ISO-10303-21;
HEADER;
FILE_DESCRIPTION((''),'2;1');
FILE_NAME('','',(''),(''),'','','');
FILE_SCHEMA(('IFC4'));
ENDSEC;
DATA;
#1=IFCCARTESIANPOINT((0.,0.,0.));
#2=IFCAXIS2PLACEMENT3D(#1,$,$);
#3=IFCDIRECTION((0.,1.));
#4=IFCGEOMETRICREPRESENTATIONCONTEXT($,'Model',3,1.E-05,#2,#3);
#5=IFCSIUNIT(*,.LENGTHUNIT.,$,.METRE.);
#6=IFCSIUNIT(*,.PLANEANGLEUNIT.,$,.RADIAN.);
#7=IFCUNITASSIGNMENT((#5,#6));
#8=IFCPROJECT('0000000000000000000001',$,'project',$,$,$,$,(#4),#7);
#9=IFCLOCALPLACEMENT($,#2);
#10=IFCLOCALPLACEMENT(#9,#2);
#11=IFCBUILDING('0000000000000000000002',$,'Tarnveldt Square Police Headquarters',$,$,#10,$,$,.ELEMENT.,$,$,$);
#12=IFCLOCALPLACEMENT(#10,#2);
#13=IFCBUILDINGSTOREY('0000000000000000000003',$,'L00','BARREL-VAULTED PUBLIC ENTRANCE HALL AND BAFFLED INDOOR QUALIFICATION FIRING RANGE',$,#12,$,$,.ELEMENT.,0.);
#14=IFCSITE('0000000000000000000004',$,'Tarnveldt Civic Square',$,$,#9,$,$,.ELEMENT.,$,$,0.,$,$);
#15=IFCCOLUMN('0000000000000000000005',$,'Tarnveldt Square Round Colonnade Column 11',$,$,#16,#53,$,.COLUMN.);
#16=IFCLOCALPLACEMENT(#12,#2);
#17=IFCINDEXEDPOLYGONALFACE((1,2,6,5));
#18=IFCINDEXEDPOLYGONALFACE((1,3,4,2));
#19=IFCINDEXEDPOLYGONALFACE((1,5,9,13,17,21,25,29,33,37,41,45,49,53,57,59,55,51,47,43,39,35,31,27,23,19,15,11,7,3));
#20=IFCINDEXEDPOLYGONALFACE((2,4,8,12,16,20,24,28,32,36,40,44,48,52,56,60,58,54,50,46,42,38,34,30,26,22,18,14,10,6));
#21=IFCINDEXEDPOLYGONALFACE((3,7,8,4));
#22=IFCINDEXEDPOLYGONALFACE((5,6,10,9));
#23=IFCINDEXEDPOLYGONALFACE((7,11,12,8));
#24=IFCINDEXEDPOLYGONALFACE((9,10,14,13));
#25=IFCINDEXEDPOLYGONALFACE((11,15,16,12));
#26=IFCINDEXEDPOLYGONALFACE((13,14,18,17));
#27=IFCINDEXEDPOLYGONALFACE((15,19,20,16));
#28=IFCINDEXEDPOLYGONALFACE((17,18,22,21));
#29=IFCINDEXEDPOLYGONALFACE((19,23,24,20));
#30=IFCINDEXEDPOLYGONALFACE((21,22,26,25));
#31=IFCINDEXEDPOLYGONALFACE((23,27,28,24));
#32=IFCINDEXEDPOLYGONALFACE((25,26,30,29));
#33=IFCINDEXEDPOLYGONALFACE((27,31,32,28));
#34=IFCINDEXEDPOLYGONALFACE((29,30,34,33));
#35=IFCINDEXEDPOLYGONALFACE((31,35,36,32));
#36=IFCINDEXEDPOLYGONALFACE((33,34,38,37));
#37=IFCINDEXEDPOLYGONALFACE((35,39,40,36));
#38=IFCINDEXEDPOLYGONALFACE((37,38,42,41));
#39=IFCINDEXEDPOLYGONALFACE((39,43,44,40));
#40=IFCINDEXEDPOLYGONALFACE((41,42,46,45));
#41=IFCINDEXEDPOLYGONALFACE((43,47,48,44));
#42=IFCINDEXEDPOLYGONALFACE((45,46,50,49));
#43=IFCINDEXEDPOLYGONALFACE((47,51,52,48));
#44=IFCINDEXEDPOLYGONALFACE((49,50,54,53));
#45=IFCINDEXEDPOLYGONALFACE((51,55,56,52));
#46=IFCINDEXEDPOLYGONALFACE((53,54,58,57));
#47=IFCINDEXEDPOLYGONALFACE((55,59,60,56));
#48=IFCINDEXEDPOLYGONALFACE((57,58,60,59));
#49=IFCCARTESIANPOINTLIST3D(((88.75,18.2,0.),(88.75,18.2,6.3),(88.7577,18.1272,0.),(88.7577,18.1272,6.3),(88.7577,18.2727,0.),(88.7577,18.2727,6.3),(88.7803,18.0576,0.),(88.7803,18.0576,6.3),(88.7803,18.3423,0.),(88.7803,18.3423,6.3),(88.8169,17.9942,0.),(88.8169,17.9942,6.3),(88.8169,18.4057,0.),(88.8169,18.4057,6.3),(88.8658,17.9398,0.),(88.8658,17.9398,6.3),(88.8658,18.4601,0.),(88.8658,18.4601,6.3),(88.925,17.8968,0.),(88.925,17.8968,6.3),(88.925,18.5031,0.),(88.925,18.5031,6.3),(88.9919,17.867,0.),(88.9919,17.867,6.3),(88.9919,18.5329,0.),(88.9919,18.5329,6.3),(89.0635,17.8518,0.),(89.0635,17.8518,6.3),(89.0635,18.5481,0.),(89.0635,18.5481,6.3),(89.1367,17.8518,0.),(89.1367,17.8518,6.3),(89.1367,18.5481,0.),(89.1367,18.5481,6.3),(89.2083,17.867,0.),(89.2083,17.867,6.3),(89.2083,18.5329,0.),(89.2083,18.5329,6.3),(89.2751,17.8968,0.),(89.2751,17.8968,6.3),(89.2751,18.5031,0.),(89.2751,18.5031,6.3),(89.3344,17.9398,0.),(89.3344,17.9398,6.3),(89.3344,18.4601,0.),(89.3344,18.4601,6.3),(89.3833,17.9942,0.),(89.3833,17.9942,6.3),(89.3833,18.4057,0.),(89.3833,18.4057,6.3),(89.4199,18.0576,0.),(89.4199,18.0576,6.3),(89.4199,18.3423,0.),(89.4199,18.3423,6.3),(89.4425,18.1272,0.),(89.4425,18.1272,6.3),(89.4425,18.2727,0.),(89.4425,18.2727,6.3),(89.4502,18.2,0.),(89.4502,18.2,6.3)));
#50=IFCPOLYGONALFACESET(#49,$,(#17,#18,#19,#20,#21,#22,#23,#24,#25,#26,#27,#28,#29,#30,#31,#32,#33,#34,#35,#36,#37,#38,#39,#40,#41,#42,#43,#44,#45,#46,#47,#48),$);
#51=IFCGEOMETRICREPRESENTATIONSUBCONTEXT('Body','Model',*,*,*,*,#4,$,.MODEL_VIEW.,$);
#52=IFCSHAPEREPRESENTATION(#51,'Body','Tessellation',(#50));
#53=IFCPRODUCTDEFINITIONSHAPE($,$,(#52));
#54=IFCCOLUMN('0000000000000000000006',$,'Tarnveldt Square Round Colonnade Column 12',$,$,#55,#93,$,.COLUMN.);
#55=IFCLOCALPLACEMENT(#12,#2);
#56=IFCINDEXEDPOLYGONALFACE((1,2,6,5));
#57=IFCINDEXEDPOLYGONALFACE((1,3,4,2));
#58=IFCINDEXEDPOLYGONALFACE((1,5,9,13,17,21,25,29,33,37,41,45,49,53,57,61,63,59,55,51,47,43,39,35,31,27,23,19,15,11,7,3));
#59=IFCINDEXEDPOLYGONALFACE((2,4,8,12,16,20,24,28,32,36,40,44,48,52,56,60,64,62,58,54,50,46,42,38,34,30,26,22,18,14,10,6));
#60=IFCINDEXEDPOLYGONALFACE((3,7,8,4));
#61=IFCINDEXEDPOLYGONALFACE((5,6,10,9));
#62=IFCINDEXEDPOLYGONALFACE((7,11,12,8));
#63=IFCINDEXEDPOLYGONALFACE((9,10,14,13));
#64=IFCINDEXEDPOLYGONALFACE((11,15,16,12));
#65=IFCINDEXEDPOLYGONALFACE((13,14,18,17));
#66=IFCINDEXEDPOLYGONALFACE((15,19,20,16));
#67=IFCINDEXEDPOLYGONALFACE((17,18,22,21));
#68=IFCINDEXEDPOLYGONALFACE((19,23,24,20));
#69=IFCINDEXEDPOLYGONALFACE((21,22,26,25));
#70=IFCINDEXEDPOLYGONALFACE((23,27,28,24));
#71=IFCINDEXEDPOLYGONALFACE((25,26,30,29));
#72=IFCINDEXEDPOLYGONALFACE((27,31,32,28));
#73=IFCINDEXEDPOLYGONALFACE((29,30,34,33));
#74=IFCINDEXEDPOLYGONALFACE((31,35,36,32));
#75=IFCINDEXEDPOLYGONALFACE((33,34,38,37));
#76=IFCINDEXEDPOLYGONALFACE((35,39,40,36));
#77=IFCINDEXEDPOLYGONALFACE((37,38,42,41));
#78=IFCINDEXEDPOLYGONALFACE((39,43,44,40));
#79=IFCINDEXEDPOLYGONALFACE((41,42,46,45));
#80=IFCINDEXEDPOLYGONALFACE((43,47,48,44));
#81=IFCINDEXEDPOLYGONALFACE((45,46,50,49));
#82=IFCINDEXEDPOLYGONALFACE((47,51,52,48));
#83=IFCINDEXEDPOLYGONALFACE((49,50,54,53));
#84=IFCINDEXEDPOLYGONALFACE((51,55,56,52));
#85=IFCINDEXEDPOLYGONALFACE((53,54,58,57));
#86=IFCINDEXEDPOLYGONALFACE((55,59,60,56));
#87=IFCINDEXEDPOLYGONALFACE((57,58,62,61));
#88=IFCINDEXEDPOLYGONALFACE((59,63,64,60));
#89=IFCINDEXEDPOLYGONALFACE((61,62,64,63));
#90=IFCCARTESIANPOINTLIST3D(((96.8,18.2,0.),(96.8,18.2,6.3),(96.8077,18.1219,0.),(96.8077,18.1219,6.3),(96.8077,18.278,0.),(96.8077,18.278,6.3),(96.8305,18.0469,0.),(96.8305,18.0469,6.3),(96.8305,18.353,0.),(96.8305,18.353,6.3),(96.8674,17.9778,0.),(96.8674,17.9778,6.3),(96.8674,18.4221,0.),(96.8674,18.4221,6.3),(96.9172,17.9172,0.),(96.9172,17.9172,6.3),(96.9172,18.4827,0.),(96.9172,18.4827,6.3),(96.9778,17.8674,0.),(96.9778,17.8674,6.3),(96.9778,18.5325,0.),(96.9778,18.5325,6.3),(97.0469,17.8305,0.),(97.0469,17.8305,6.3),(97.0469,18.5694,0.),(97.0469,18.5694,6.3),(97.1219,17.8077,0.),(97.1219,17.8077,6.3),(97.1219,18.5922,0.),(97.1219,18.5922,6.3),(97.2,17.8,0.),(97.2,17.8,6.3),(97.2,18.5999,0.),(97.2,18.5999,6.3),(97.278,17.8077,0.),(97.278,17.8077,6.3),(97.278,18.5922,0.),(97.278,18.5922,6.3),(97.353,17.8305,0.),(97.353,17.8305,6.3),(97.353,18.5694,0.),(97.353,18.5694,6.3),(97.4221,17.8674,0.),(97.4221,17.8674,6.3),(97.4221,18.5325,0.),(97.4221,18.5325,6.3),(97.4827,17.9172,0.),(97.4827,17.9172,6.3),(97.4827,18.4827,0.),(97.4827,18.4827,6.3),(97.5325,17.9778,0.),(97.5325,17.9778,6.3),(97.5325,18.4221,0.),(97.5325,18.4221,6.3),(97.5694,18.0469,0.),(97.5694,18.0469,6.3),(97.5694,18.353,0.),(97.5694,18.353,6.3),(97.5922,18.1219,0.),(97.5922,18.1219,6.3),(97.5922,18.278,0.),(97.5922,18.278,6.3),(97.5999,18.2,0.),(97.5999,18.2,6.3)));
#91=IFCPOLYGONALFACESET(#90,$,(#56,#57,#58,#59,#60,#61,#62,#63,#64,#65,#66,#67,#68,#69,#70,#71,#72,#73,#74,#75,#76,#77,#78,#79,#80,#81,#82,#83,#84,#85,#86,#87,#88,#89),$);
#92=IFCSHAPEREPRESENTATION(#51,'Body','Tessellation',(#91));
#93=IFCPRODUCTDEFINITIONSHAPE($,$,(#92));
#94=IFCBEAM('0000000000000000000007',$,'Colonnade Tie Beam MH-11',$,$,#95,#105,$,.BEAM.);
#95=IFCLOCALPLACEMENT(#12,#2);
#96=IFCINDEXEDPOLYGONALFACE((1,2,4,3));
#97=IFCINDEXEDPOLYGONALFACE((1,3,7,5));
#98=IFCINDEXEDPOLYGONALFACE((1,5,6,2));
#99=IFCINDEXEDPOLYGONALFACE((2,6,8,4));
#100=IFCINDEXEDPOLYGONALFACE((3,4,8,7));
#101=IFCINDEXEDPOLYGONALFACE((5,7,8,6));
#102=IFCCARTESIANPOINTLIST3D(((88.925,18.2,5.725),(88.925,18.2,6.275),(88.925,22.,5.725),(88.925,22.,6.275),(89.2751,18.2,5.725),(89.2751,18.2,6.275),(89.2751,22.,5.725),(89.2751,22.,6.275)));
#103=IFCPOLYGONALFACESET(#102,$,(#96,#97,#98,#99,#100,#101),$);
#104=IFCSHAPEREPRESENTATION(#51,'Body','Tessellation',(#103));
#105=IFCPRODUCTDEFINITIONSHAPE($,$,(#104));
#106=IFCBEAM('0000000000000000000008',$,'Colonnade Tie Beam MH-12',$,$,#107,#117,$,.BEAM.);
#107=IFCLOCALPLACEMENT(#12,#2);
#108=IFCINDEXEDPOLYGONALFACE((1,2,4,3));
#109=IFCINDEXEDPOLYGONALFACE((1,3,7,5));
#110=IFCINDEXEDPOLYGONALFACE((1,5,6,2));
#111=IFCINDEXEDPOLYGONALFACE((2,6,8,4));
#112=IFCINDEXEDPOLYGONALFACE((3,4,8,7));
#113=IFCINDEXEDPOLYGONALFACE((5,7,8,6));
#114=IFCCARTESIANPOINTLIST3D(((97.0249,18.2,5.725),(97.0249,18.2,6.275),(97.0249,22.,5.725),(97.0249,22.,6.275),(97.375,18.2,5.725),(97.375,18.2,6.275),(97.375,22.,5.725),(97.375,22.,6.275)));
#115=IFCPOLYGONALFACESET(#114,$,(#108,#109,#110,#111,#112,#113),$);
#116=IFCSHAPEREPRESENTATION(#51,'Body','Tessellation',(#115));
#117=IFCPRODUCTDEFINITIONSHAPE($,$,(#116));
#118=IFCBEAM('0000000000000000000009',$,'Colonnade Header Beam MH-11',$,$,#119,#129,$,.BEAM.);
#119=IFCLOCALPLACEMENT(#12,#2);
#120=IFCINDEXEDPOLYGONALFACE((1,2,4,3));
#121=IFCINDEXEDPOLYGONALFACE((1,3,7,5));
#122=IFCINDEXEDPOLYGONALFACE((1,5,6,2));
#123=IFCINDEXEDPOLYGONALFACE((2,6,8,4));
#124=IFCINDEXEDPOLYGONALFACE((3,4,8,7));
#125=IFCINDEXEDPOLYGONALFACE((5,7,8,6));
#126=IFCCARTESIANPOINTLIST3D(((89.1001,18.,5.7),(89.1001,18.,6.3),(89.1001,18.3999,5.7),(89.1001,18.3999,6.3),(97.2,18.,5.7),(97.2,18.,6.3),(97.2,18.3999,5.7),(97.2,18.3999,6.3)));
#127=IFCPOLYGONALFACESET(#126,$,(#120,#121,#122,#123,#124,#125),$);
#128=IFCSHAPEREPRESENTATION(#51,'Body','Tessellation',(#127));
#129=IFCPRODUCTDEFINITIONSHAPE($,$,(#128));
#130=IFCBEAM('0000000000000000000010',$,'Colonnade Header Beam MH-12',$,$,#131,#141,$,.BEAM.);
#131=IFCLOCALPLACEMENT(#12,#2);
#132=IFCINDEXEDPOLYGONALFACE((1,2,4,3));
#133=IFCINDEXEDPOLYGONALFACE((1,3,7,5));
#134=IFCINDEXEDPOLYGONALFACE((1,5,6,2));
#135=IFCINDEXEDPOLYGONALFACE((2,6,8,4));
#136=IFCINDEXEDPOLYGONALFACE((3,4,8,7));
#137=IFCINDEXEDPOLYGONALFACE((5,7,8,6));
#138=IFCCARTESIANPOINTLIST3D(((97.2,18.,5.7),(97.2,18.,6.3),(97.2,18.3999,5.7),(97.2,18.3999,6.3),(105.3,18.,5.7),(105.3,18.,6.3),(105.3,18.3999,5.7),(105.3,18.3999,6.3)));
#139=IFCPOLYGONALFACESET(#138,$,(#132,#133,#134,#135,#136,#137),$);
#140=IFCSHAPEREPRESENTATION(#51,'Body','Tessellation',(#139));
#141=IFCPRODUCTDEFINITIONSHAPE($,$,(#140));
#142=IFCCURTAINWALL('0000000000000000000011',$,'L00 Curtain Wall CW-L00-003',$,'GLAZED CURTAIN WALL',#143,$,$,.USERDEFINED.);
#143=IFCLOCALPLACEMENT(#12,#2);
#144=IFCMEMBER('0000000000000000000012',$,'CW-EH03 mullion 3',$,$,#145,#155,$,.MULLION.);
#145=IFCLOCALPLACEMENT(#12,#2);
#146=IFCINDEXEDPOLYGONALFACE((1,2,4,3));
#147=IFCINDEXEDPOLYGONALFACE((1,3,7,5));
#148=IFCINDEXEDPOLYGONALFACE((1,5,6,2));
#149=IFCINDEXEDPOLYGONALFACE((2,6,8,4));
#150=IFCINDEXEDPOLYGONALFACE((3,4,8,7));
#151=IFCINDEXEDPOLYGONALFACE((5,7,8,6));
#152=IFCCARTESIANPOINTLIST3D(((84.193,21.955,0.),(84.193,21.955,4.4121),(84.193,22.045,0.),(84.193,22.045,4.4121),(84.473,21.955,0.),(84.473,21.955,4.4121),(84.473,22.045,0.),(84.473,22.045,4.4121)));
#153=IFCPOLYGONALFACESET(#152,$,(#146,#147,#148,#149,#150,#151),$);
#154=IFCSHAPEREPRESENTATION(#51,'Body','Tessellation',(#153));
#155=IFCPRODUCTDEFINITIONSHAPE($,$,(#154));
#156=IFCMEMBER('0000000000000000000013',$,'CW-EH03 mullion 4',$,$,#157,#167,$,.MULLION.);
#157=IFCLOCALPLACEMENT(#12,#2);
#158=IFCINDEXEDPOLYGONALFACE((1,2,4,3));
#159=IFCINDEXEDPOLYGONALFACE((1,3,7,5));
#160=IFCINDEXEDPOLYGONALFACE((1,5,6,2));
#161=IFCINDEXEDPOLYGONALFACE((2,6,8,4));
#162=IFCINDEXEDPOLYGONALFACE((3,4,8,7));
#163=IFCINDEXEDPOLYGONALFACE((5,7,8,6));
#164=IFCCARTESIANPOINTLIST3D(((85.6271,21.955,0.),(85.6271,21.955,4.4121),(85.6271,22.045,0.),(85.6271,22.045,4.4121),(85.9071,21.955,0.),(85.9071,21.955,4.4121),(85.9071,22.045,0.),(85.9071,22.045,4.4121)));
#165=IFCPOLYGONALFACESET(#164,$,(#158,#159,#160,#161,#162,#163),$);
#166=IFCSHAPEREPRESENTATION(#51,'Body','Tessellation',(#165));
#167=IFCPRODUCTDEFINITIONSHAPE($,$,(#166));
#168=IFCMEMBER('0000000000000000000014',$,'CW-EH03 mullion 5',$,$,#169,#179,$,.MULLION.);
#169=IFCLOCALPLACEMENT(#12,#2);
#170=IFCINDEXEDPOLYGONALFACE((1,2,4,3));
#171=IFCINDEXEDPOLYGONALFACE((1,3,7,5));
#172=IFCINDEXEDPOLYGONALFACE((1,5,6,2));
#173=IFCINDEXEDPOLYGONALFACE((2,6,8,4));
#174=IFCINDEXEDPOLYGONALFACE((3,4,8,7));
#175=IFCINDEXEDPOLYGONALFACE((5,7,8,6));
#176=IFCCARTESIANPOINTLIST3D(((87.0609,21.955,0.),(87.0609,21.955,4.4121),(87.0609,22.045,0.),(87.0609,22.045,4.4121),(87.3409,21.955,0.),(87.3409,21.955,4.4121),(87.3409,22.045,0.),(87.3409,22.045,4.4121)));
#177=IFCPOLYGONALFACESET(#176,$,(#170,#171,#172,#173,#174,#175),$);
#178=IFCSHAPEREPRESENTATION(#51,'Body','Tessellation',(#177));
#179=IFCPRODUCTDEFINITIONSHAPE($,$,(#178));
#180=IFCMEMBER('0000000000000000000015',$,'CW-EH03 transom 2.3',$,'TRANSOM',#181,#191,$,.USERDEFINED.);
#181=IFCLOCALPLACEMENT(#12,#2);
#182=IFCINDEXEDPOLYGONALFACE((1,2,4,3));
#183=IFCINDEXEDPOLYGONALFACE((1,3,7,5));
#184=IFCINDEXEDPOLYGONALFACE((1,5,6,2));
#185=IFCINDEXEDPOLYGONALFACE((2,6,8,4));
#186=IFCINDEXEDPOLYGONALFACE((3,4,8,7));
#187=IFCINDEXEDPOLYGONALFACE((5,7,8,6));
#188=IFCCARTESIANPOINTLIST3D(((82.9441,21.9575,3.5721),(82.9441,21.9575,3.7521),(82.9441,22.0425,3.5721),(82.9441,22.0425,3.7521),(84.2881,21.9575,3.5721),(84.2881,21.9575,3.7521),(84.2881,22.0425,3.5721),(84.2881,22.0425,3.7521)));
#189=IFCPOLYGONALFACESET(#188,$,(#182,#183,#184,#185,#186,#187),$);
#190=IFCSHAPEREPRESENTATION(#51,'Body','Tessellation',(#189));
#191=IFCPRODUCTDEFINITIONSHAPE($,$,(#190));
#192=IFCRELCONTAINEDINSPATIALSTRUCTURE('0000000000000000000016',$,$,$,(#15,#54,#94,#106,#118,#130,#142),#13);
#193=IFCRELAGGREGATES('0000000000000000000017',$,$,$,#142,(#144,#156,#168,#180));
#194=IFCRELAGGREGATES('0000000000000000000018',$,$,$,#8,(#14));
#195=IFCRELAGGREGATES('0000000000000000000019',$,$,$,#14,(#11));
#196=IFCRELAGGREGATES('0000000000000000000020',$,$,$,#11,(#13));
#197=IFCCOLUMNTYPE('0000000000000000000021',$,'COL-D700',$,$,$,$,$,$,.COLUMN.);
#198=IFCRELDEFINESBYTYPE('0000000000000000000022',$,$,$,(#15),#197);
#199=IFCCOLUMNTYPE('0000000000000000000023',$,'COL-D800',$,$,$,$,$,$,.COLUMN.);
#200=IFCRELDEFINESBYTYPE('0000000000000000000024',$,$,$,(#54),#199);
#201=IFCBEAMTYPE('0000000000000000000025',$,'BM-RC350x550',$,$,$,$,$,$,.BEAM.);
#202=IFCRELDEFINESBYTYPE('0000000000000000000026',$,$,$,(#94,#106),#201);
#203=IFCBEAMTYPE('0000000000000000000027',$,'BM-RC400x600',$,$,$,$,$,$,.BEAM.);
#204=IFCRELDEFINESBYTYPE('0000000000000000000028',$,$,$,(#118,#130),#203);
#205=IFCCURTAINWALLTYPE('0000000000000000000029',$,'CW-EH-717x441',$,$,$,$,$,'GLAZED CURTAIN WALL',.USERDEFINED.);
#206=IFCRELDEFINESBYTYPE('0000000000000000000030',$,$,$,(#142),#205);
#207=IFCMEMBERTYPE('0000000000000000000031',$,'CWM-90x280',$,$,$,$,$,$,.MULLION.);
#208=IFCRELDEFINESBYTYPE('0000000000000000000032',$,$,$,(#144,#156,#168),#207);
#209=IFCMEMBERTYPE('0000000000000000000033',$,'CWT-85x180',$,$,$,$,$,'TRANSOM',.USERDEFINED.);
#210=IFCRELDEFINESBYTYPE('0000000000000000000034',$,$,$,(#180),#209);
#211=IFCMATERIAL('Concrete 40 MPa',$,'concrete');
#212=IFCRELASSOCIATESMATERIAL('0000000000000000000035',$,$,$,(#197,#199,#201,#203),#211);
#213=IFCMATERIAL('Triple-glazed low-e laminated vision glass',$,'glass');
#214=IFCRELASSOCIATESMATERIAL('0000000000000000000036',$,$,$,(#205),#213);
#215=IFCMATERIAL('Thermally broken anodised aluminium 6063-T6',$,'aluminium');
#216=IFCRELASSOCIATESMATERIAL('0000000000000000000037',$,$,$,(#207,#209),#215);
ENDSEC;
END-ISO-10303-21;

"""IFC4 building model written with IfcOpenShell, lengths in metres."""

from ifc_helpers import new_model, si_unit, direction, frame, origin, origin_2d, place, context, subcontext, project, spatial, rectangle, circle, extrude, material, material_profile, profile_set, type_object, element, aggregate, save


model = new_model("IFC4")

# Units and contexts
model_context = context("Model", 3, precision=1e-05, world=origin(), true_north=direction((0.0, 1.0)))
body_context = subcontext(model_context, "Body", "Model", "MODEL_VIEW")
ifc_project = project(units=[si_unit("LENGTHUNIT", "METRE"), si_unit("PLANEANGLEUNIT", "RADIAN")], contexts=[model_context])

# Site, building, storey
site_placement = place(None, origin())
site = spatial("IfcSite", under=ifc_project, at=site_placement, Name="Tarnveldt Civic Square", CompositionType="ELEMENT", RefElevation=0.0)
building_placement = place(site_placement, origin())
building = spatial("IfcBuilding", under=site, at=building_placement, Name="Tarnveldt Square Police Headquarters", CompositionType="ELEMENT")
storey_placement = place(building_placement, origin())
storey = spatial("IfcBuildingStorey", under=building, at=storey_placement, Name="L00", Description="BARREL-VAULTED PUBLIC ENTRANCE HALL AND BAFFLED INDOOR QUALIFICATION FIRING RANGE", CompositionType="ELEMENT", Elevation=0.0)

# Columns
ifc_material_1 = material(Name="Concrete 40 MPa", Category="concrete")
ifc_material_profile_1 = material_profile(ifc_material_1, circle(Radius=0.3501, at=origin_2d()), Name="RC-D700")
ifc_profile_set_1 = profile_set([ifc_material_profile_1], Name="Concrete 40 MPa")
column_type_1 = type_object("IfcColumnType", Name="COL-D700", PredefinedType="COLUMN", material=ifc_profile_set_1)
column_1_placement = place(storey_placement, frame((89.1001, 18.2, 0.0), z_axis=(0.0, 0.0, 1.0), x_axis=(1.0, 0.0, 0.0)))
element("IfcColumn", 1, at=column_1_placement, inside=storey, type_object=column_type_1, Name="Tarnveldt Square Round Colonnade Column 11", PredefinedType="COLUMN", context=body_context, shape_type="SweptSolid", body=[
    extrude(circle(Radius=0.3501, at=origin_2d()), origin(), (0.0, 0.0, 1.0), 6.3),
])
ifc_material_profile_2 = material_profile(ifc_material_1, circle(Radius=0.3999, at=origin_2d()), Name="RC-D800")
ifc_profile_set_2 = profile_set([ifc_material_profile_2], Name="Concrete 40 MPa")
column_type_2 = type_object("IfcColumnType", Name="COL-D800", PredefinedType="COLUMN", material=ifc_profile_set_2)
column_2_placement = place(storey_placement, frame((97.2, 18.2, 0.0), z_axis=(0.0, 0.0, 1.0), x_axis=(1.0, 0.0, 0.0)))
element("IfcColumn", 2, at=column_2_placement, inside=storey, type_object=column_type_2, Name="Tarnveldt Square Round Colonnade Column 12", PredefinedType="COLUMN", context=body_context, shape_type="SweptSolid", body=[
    extrude(circle(Radius=0.3999, at=origin_2d()), origin(), (0.0, 0.0, 1.0), 6.3),
])

# Beams
ifc_material_profile_3 = material_profile(ifc_material_1, rectangle(XDim=0.3501, YDim=0.55, at=origin_2d()), Name="RC-B350x550")
ifc_profile_set_3 = profile_set([ifc_material_profile_3], Name="Concrete 40 MPa")
beam_type_1 = type_object("IfcBeamType", Name="BM-RC350x550", PredefinedType="BEAM", material=ifc_profile_set_3)
for number, where, z_axis, x_axis, name in (
    (3, (89.1001, 18.2, 6.0), (0.0, 1.0, 0.0), (-1.0, 0.0, 0.0), "Colonnade Tie Beam MH-11"),
    (4, (97.2, 18.2, 6.0), (0.0, 1.0, 0.0), (-1.0, 0.0, 0.0), "Colonnade Tie Beam MH-12"),
):
    element("IfcBeam", number, at=place(storey_placement, frame(where, z_axis=z_axis, x_axis=x_axis)), inside=storey, type_object=beam_type_1, Name=name, PredefinedType="BEAM", context=body_context, shape_type="SweptSolid", body=[
        extrude(rectangle(XDim=0.3501, YDim=0.55, at=origin_2d()), origin(), (0.0, 0.0, 1.0), 3.8),
    ])
ifc_material_profile_4 = material_profile(ifc_material_1, rectangle(XDim=0.3999, YDim=0.6001, at=origin_2d()), Name="RC-B400x600")
ifc_profile_set_4 = profile_set([ifc_material_profile_4], Name="Concrete 40 MPa")
beam_type_2 = type_object("IfcBeamType", Name="BM-RC400x600", PredefinedType="BEAM", material=ifc_profile_set_4)
beam_1_placement = place(storey_placement, frame((89.1001, 18.2, 6.0), z_axis=(1.0, 0.0, 0.0), x_axis=(0.0, 1.0, 0.0)))
element("IfcBeam", 5, at=beam_1_placement, inside=storey, type_object=beam_type_2, Name="Colonnade Header Beam MH-11", PredefinedType="BEAM", context=body_context, shape_type="SweptSolid", body=[
    extrude(rectangle(XDim=0.3999, YDim=0.6001, at=origin_2d()), origin(), (0.0, 0.0, 1.0), 8.0999),
])
beam_2_placement = place(storey_placement, frame((97.2, 18.2, 6.0), z_axis=(1.0, 0.0, 0.0), x_axis=(0.0, 1.0, 0.0)))
element("IfcBeam", 6, at=beam_2_placement, inside=storey, type_object=beam_type_2, Name="Colonnade Header Beam MH-12", PredefinedType="BEAM", context=body_context, shape_type="SweptSolid", body=[
    extrude(rectangle(XDim=0.3999, YDim=0.6001, at=origin_2d()), origin(), (0.0, 0.0, 1.0), 8.1001),
])

# Curtain wall, members
ifc_material_2 = material(Name="Triple-glazed low-e laminated vision glass", Category="glass")
curtain_wall_type = type_object("IfcCurtainWallType", Name="CW-EH-717x441", ElementType="GLAZED CURTAIN WALL", PredefinedType="USERDEFINED", material=ifc_material_2)
curtain_wall_placement = place(storey_placement, origin())
curtain_wall = element("IfcCurtainWall", 7, at=curtain_wall_placement, inside=storey, type_object=curtain_wall_type, Name="L00 Curtain Wall CW-L00-003", ObjectType="GLAZED CURTAIN WALL", PredefinedType="USERDEFINED")
ifc_material_3 = material(Name="Thermally broken anodised aluminium 6063-T6", Category="aluminium")
ifc_material_profile_5 = material_profile(ifc_material_3, rectangle(XDim=0.0901, YDim=0.28, at=origin_2d()), Name="CW-M90x280")
ifc_profile_set_5 = profile_set([ifc_material_profile_5], Name="Thermally broken anodised aluminium 6063-T6")
member_type_1 = type_object("IfcMemberType", Name="CWM-90x280", PredefinedType="MULLION", material=ifc_profile_set_5)
member_1_placement = place(storey_placement, frame((84.333, 22.0, 0.0), z_axis=(0.0, 0.0, 1.0), x_axis=(0.0, 1.0, 0.0)))
member_1 = element("IfcMember", 8, at=member_1_placement, type_object=member_type_1, Name="CW-EH03 mullion 3", PredefinedType="MULLION", context=body_context, shape_type="SweptSolid", body=[
    extrude(rectangle(XDim=0.0901, YDim=0.28, at=origin_2d()), origin(), (0.0, 0.0, 1.0), 4.4121),
])
member_2_placement = place(storey_placement, frame((85.7671, 22.0, 0.0), z_axis=(0.0, 0.0, 1.0), x_axis=(0.0, 1.0, 0.0)))
member_2 = element("IfcMember", 9, at=member_2_placement, type_object=member_type_1, Name="CW-EH03 mullion 4", PredefinedType="MULLION", context=body_context, shape_type="SweptSolid", body=[
    extrude(rectangle(XDim=0.0901, YDim=0.28, at=origin_2d()), origin(), (0.0, 0.0, 1.0), 4.4121),
])
member_3_placement = place(storey_placement, frame((87.2009, 22.0, 0.0), z_axis=(0.0, 0.0, 1.0), x_axis=(0.0, 1.0, 0.0)))
member_3 = element("IfcMember", 10, at=member_3_placement, type_object=member_type_1, Name="CW-EH03 mullion 5", PredefinedType="MULLION", context=body_context, shape_type="SweptSolid", body=[
    extrude(rectangle(XDim=0.0901, YDim=0.28, at=origin_2d()), origin(), (0.0, 0.0, 1.0), 4.4121),
])
ifc_material_profile_6 = material_profile(ifc_material_3, rectangle(XDim=0.085, YDim=0.1799, at=origin_2d()), Name="CW-T85x180")
ifc_profile_set_6 = profile_set([ifc_material_profile_6], Name="Thermally broken anodised aluminium 6063-T6")
member_type_2 = type_object("IfcMemberType", Name="CWT-85x180", ElementType="TRANSOM", PredefinedType="USERDEFINED", material=ifc_profile_set_6)
member_4_placement = place(storey_placement, frame((82.9441, 22.0, 3.6621), z_axis=(1.0, 0.0, 0.0), x_axis=(0.0, 1.0, 0.0)))
member_4 = element("IfcMember", 11, at=member_4_placement, type_object=member_type_2, Name="CW-EH03 transom 2.3", ObjectType="TRANSOM", PredefinedType="USERDEFINED", context=body_context, shape_type="SweptSolid", body=[
    extrude(rectangle(XDim=0.085, YDim=0.1799, at=origin_2d()), origin(), (0.0, 0.0, 1.0), 1.344),
])
aggregate(curtain_wall, [member_1, member_2, member_3, member_4])

save(model, "model.ifc")
